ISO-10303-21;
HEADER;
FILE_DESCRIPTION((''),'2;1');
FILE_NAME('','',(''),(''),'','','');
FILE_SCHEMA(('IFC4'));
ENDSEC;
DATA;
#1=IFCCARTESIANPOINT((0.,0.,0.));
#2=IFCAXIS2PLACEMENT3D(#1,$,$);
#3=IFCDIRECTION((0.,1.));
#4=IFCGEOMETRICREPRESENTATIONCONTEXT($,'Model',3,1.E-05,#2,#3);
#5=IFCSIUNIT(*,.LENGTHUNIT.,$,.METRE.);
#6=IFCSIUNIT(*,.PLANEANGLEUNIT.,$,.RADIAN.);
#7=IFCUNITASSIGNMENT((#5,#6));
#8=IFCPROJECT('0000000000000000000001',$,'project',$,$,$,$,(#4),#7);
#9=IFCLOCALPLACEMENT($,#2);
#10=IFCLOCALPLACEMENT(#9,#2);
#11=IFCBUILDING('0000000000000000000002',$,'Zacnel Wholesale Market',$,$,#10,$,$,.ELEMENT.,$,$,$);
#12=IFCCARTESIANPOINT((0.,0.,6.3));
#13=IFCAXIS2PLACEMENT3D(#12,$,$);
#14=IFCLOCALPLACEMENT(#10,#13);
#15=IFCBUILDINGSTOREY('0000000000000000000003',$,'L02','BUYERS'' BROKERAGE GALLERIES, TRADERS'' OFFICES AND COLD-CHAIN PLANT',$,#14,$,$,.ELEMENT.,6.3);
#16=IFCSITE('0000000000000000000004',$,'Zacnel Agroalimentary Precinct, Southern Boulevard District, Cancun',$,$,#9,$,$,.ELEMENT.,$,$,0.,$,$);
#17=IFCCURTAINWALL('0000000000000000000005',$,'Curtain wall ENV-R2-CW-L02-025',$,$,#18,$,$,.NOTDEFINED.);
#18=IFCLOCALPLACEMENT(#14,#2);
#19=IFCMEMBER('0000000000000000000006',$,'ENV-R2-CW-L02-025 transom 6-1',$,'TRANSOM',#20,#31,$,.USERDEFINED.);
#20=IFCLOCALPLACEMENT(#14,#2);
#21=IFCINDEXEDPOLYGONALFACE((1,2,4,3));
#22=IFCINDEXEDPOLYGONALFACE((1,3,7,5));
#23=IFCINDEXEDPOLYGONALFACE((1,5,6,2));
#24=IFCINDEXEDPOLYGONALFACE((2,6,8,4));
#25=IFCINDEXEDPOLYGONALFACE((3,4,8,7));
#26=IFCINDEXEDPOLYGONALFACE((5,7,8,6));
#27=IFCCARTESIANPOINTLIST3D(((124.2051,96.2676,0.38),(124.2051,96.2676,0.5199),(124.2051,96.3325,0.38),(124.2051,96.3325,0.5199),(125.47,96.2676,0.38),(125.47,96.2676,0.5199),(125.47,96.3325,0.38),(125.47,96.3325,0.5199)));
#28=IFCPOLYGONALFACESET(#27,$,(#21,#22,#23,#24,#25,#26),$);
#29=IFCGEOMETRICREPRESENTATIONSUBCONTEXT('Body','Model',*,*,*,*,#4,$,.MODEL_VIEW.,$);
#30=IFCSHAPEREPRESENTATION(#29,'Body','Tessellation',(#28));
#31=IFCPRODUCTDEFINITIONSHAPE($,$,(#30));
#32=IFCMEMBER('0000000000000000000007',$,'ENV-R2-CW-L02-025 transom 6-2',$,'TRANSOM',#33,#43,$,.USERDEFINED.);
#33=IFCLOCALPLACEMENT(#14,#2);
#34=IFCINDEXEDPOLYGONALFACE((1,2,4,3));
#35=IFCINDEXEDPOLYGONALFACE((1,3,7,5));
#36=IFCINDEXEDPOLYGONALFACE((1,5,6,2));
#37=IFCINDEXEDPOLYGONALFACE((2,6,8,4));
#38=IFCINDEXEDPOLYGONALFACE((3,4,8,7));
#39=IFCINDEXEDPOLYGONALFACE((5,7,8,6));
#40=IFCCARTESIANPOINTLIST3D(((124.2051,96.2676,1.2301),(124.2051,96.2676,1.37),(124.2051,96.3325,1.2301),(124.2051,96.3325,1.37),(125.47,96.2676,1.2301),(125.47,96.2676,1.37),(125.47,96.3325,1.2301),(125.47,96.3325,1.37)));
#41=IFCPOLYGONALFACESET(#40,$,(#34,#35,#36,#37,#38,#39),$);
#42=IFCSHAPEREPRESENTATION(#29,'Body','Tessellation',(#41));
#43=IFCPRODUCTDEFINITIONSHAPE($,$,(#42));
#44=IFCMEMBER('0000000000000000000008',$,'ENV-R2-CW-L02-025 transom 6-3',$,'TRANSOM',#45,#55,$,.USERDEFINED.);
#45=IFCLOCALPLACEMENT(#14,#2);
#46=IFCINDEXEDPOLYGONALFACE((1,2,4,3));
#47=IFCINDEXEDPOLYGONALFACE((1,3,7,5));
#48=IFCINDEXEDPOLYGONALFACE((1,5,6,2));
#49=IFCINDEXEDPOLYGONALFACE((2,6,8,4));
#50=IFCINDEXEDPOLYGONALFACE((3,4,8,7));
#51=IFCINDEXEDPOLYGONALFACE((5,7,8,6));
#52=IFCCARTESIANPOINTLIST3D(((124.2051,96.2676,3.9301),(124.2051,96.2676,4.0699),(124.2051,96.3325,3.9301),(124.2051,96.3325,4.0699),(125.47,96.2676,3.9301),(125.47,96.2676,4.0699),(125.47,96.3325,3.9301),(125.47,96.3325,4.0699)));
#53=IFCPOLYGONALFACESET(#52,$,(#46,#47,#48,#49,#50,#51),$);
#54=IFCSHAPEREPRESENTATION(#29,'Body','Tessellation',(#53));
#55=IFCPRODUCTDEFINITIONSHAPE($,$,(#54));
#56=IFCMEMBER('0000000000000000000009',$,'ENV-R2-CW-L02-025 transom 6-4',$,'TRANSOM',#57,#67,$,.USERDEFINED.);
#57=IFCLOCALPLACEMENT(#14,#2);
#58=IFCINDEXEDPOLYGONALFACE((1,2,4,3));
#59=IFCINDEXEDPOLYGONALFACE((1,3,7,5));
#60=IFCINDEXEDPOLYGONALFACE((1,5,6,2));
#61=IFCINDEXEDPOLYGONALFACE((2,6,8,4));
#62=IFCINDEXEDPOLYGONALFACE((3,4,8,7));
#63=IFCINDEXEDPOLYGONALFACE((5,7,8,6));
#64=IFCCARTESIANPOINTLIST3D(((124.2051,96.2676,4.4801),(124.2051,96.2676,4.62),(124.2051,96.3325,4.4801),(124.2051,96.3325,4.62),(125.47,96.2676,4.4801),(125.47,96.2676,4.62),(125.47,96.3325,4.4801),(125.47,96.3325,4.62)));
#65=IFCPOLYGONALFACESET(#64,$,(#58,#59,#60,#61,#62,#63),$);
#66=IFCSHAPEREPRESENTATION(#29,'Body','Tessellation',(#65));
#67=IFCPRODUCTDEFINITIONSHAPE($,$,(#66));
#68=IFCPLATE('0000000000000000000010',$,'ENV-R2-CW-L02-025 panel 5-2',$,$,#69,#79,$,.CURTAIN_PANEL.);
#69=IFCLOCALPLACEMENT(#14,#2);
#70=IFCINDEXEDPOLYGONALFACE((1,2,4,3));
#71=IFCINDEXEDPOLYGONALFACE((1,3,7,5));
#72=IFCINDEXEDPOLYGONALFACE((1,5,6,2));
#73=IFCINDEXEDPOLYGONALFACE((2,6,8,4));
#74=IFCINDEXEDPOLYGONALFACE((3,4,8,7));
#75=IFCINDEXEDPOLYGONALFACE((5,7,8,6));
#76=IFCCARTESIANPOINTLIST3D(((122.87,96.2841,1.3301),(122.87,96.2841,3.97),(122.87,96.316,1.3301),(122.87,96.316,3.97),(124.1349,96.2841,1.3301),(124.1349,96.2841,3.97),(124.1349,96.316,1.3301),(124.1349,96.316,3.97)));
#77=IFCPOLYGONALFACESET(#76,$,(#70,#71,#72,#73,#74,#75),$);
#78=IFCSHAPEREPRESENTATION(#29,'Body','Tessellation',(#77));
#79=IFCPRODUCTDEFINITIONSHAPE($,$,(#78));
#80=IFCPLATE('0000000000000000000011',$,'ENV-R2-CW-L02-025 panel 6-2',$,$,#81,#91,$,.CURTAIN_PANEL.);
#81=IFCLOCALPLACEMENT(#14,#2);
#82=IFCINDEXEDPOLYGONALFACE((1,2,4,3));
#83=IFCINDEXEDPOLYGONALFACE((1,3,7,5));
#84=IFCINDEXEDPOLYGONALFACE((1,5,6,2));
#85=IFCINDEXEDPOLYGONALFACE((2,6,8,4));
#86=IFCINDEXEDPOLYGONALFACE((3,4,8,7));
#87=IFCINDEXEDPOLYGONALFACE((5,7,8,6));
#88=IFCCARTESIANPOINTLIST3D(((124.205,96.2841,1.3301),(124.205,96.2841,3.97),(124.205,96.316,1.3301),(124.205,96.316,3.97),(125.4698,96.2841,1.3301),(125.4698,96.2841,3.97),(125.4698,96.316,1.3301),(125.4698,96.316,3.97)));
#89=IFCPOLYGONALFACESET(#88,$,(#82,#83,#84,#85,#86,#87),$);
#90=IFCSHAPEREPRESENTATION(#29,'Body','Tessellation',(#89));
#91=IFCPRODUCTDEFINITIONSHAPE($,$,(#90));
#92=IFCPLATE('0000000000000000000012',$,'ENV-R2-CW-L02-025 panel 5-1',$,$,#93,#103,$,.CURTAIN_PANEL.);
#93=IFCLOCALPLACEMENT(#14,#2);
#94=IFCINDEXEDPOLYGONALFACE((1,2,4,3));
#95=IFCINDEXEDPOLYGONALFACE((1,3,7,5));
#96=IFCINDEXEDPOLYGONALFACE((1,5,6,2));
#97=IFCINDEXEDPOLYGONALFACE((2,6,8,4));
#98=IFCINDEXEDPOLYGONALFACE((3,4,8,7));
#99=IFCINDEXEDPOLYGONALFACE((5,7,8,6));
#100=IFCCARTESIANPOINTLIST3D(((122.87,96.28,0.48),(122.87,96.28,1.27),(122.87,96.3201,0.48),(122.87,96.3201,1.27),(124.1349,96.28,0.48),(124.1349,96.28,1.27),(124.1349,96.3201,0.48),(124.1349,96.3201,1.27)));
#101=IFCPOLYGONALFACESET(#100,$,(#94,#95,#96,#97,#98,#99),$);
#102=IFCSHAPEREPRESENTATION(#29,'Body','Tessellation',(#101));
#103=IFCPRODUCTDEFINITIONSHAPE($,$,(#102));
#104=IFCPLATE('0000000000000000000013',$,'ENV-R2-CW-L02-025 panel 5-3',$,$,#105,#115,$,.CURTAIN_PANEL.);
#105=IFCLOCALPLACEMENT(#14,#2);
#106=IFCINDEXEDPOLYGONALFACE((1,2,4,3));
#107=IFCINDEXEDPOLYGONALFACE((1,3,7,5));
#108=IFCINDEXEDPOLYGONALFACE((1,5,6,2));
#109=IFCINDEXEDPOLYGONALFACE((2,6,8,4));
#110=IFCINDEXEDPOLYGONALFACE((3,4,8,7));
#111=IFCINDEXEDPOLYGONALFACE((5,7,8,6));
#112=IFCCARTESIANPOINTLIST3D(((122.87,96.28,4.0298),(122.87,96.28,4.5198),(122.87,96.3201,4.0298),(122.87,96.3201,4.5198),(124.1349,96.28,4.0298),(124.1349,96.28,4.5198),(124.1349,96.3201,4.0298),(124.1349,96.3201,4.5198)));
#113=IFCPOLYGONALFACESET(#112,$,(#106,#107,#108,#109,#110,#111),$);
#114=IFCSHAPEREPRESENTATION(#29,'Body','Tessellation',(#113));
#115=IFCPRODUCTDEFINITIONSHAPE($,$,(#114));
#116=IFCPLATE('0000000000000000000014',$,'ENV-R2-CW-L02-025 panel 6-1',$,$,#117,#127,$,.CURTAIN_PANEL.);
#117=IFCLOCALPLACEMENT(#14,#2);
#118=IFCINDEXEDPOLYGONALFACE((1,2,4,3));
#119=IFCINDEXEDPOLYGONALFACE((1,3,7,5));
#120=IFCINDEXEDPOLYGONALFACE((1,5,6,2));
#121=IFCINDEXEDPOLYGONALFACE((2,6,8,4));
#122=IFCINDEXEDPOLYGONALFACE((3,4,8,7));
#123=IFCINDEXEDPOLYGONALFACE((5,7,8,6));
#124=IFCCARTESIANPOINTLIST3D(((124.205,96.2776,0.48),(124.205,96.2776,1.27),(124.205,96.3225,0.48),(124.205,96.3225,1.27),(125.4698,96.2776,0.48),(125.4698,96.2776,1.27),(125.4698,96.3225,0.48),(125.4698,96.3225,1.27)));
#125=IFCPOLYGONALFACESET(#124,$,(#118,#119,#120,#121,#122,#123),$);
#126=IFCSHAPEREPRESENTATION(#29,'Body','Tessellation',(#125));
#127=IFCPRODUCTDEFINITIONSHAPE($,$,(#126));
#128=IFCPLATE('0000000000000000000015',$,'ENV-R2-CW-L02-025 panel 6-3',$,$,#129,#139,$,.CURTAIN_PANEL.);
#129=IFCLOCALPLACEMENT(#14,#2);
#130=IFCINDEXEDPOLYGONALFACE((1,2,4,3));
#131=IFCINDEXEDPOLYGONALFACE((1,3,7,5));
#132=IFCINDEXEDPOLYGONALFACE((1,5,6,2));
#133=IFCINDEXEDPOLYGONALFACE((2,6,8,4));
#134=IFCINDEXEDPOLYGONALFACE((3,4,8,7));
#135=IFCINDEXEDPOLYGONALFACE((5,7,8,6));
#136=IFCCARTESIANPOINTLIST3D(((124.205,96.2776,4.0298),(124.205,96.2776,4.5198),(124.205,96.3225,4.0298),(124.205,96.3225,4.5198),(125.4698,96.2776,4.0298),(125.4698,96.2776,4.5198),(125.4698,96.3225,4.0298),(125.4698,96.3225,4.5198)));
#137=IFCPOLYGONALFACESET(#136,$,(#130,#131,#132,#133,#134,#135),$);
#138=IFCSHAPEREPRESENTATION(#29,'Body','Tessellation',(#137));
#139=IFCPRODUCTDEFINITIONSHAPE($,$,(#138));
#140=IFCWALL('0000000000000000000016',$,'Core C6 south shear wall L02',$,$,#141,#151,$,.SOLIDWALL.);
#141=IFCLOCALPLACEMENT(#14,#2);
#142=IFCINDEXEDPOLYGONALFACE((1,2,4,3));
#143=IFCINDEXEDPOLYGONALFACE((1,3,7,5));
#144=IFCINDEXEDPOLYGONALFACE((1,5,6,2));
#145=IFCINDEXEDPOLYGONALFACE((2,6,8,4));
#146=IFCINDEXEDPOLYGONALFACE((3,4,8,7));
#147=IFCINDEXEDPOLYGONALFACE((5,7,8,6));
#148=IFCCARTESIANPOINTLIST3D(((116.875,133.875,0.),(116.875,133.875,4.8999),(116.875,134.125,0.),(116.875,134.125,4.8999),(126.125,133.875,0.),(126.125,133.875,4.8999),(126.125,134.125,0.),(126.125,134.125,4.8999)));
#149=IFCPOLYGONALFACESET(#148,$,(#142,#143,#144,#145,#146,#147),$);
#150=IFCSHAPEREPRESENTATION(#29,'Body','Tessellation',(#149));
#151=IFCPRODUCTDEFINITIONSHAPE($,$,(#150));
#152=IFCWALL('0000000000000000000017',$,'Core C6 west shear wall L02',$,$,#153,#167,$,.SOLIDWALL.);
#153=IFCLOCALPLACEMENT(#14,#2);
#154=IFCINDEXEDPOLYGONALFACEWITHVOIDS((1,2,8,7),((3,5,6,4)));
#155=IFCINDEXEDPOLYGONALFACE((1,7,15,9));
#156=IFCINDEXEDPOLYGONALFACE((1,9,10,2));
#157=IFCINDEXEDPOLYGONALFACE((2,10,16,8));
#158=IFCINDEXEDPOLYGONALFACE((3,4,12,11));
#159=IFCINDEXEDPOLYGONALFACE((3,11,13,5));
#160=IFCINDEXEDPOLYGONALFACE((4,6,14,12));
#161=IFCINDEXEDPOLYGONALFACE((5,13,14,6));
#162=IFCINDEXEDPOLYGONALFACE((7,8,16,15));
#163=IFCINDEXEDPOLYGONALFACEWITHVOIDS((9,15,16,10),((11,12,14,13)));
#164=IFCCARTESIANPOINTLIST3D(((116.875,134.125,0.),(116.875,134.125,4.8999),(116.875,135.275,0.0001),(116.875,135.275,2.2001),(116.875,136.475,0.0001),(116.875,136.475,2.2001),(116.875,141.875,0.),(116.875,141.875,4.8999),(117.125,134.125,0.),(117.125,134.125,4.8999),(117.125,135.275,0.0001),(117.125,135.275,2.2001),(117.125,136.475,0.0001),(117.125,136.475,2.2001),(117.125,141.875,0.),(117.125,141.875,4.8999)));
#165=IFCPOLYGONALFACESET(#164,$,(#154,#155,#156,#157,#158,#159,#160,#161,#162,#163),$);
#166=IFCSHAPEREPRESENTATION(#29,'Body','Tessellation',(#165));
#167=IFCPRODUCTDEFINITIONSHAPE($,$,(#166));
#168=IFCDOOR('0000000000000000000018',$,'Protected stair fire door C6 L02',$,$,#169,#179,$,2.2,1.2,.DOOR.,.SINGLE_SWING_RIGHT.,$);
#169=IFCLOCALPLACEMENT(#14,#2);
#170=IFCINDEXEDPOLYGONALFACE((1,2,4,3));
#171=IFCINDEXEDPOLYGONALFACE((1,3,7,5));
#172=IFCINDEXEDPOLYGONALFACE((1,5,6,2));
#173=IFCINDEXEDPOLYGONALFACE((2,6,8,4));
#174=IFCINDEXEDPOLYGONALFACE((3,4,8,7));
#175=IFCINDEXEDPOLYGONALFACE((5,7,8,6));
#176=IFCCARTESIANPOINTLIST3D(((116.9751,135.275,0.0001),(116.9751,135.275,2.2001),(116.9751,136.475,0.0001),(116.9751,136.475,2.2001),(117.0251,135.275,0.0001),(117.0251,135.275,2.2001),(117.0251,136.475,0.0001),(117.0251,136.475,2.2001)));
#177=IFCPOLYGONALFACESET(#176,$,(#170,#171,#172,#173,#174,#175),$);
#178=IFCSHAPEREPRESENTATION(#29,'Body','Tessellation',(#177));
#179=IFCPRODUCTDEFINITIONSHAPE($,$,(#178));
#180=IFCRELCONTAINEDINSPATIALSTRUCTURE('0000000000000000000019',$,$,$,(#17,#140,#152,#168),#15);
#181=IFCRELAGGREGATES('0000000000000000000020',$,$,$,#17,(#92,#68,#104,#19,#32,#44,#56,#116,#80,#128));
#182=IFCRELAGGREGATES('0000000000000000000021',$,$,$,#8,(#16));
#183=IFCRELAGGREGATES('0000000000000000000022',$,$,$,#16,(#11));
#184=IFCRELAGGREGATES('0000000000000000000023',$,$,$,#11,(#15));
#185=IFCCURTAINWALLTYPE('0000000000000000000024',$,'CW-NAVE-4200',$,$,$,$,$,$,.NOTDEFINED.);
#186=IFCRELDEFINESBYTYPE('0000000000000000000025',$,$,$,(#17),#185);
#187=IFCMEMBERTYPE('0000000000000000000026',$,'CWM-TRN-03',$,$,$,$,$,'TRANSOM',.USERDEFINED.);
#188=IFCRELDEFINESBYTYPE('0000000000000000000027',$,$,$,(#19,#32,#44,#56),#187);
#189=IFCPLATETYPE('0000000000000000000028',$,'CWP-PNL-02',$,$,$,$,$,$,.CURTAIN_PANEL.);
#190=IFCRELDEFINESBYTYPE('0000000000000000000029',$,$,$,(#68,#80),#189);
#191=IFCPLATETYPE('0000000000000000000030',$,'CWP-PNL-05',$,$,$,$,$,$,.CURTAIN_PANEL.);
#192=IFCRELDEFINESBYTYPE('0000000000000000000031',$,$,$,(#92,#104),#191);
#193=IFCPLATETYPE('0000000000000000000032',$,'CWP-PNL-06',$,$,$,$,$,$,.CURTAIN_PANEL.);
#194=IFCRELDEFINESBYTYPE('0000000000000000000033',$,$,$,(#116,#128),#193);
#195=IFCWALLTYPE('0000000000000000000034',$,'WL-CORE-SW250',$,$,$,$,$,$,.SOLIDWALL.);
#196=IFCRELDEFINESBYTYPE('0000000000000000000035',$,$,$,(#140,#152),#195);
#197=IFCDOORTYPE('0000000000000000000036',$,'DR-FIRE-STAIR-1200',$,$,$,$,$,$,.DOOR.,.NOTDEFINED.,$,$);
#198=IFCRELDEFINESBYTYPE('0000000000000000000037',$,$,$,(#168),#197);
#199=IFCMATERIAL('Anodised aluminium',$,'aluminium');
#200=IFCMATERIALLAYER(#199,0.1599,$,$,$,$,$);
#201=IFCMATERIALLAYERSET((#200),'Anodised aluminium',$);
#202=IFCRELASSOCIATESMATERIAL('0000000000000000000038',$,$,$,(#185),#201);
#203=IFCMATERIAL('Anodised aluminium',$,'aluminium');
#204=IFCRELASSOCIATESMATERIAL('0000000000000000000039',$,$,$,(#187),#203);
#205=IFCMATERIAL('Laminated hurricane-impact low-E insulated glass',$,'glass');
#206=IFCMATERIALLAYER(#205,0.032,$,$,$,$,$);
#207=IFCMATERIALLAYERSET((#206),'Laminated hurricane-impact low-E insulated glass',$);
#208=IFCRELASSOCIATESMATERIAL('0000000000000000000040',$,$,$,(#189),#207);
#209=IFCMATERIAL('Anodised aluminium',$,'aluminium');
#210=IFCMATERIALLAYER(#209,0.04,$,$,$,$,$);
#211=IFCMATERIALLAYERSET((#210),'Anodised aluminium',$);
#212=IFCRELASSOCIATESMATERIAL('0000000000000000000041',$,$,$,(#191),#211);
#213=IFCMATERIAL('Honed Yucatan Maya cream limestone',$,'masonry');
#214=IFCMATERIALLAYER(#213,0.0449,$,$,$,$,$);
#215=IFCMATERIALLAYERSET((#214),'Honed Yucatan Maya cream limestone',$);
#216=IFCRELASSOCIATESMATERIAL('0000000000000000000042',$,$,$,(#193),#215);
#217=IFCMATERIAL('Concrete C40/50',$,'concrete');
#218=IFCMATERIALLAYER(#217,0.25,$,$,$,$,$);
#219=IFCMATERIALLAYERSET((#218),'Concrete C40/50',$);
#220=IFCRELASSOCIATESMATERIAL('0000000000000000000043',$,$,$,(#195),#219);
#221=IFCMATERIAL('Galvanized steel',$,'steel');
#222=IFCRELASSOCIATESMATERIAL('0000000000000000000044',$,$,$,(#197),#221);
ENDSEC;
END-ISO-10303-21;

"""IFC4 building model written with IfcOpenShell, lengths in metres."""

from ifc_helpers import new_model, si_unit, direction, frame, frame_2d, origin, origin_2d, place, context, subcontext, project, spatial, rectangle, extrude, material, layer, layer_set, material_profile, profile_set, type_object, element, fill, aggregate, save


model = new_model("IFC4")

# Units and contexts
model_context = context("Model", 3, precision=1e-05, world=origin(), true_north=direction((0.0, 1.0)))
body_context = subcontext(model_context, "Body", "Model", "MODEL_VIEW")
ifc_project = project(units=[si_unit("LENGTHUNIT", "METRE"), si_unit("PLANEANGLEUNIT", "RADIAN")], contexts=[model_context])

# Site, building, storey
site_placement = place(None, origin())
site = spatial("IfcSite", under=ifc_project, at=site_placement, Name="Zacnel Agroalimentary Precinct, Southern Boulevard District, Cancun", CompositionType="ELEMENT", RefElevation=0.0)
building_placement = place(site_placement, origin())
building = spatial("IfcBuilding", under=site, at=building_placement, Name="Zacnel Wholesale Market", CompositionType="ELEMENT")
storey_placement = place(building_placement, frame((0.0, 0.0, 6.3)))
storey = spatial("IfcBuildingStorey", under=building, at=storey_placement, Name="L02", Description="BUYERS' BROKERAGE GALLERIES, TRADERS' OFFICES AND COLD-CHAIN PLANT", CompositionType="ELEMENT", Elevation=6.3)

# Curtain wall, members, plates
ifc_material_1 = material(Name="Anodised aluminium", Category="aluminium")
ifc_layer_1 = layer(ifc_material_1, 0.1599)
ifc_layer_set_1 = layer_set([ifc_layer_1], Name="Anodised aluminium")
curtain_wall_type = type_object("IfcCurtainWallType", Name="CW-NAVE-4200", PredefinedType="NOTDEFINED", material=ifc_layer_set_1)
curtain_wall_placement = place(storey_placement, origin())
curtain_wall = element("IfcCurtainWall", 1, at=curtain_wall_placement, inside=storey, type_object=curtain_wall_type, Name="Curtain wall ENV-R2-CW-L02-025", PredefinedType="NOTDEFINED")
ifc_material_2 = material(Name="Anodised aluminium", Category="aluminium")
ifc_material_profile_1 = material_profile(ifc_material_2, rectangle(XDim=0.0649, YDim=0.1399, at=origin_2d()), Name="AW-TRANSOM 65x140")
ifc_profile_set_1 = profile_set([ifc_material_profile_1], Name="Anodised aluminium")
member_type_1 = type_object("IfcMemberType", Name="CWM-TRN-03", ElementType="TRANSOM", PredefinedType="USERDEFINED", material=ifc_profile_set_1)
member_1_placement = place(storey_placement, frame((124.2051, 96.3, 0.45), z_axis=(1.0, 0.0, 0.0), x_axis=(0.0, 1.0, 0.0)))
member_1 = element("IfcMember", 2, at=member_1_placement, type_object=member_type_1, Name="ENV-R2-CW-L02-025 transom 6-1", ObjectType="TRANSOM", PredefinedType="USERDEFINED", context=body_context, shape_type="SweptSolid", body=[
    extrude(rectangle(XDim=0.0649, YDim=0.1399, at=origin_2d()), origin(), (0.0, 0.0, 1.0), 1.2649),
])
member_2_placement = place(storey_placement, frame((124.2051, 96.3, 1.3), z_axis=(1.0, 0.0, 0.0), x_axis=(0.0, 1.0, 0.0)))
member_2 = element("IfcMember", 3, at=member_2_placement, type_object=member_type_1, Name="ENV-R2-CW-L02-025 transom 6-2", ObjectType="TRANSOM", PredefinedType="USERDEFINED", context=body_context, shape_type="SweptSolid", body=[
    extrude(rectangle(XDim=0.0649, YDim=0.1399, at=origin_2d()), origin(), (0.0, 0.0, 1.0), 1.2649),
])
member_3_placement = place(storey_placement, frame((124.2051, 96.3, 4.0), z_axis=(1.0, 0.0, 0.0), x_axis=(0.0, 1.0, 0.0)))
member_3 = element("IfcMember", 4, at=member_3_placement, type_object=member_type_1, Name="ENV-R2-CW-L02-025 transom 6-3", ObjectType="TRANSOM", PredefinedType="USERDEFINED", context=body_context, shape_type="SweptSolid", body=[
    extrude(rectangle(XDim=0.0649, YDim=0.1399, at=origin_2d()), origin(), (0.0, 0.0, 1.0), 1.2649),
])
member_4_placement = place(storey_placement, frame((124.2051, 96.3, 4.55), z_axis=(1.0, 0.0, 0.0), x_axis=(0.0, 1.0, 0.0)))
member_4 = element("IfcMember", 5, at=member_4_placement, type_object=member_type_1, Name="ENV-R2-CW-L02-025 transom 6-4", ObjectType="TRANSOM", PredefinedType="USERDEFINED", context=body_context, shape_type="SweptSolid", body=[
    extrude(rectangle(XDim=0.0649, YDim=0.1399, at=origin_2d()), origin(), (0.0, 0.0, 1.0), 1.2649),
])
ifc_material_3 = material(Name="Laminated hurricane-impact low-E insulated glass", Category="glass")
ifc_layer_2 = layer(ifc_material_3, 0.032)
ifc_layer_set_2 = layer_set([ifc_layer_2], Name="Laminated hurricane-impact low-E insulated glass")
plate_type_1 = type_object("IfcPlateType", Name="CWP-PNL-02", PredefinedType="CURTAIN_PANEL", material=ifc_layer_set_2)
plate_1_placement = place(storey_placement, frame((123.5024, 96.3, 1.3301), z_axis=(0.0, 0.0, 1.0), x_axis=(1.0, 0.0, 0.0)))
plate_1 = element("IfcPlate", 6, at=plate_1_placement, type_object=plate_type_1, Name="ENV-R2-CW-L02-025 panel 5-2", PredefinedType="CURTAIN_PANEL", context=body_context, shape_type="SweptSolid", body=[
    extrude(rectangle(XDim=1.2649, YDim=0.032, at=origin_2d()), origin(), (0.0, 0.0, 1.0), 2.6399),
])
plate_2_placement = place(storey_placement, frame((124.8374, 96.3, 1.3301), z_axis=(0.0, 0.0, 1.0), x_axis=(1.0, 0.0, 0.0)))
plate_2 = element("IfcPlate", 7, at=plate_2_placement, type_object=plate_type_1, Name="ENV-R2-CW-L02-025 panel 6-2", PredefinedType="CURTAIN_PANEL", context=body_context, shape_type="SweptSolid", body=[
    extrude(rectangle(XDim=1.2649, YDim=0.032, at=origin_2d()), origin(), (0.0, 0.0, 1.0), 2.6399),
])
ifc_material_4 = material(Name="Anodised aluminium", Category="aluminium")
ifc_layer_3 = layer(ifc_material_4, 0.04)
ifc_layer_set_3 = layer_set([ifc_layer_3], Name="Anodised aluminium")
plate_type_2 = type_object("IfcPlateType", Name="CWP-PNL-05", PredefinedType="CURTAIN_PANEL", material=ifc_layer_set_3)
plate_3_placement = place(storey_placement, frame((123.5024, 96.3, 0.48), z_axis=(0.0, 0.0, 1.0), x_axis=(1.0, 0.0, 0.0)))
plate_3 = element("IfcPlate", 8, at=plate_3_placement, type_object=plate_type_2, Name="ENV-R2-CW-L02-025 panel 5-1", PredefinedType="CURTAIN_PANEL", context=body_context, shape_type="SweptSolid", body=[
    extrude(rectangle(XDim=1.2649, YDim=0.04, at=origin_2d()), origin(), (0.0, 0.0, 1.0), 0.79),
])
plate_4_placement = place(storey_placement, frame((123.5024, 96.3, 4.0298), z_axis=(0.0, 0.0, 1.0), x_axis=(1.0, 0.0, 0.0)))
plate_4 = element("IfcPlate", 9, at=plate_4_placement, type_object=plate_type_2, Name="ENV-R2-CW-L02-025 panel 5-3", PredefinedType="CURTAIN_PANEL", context=body_context, shape_type="SweptSolid", body=[
    extrude(rectangle(XDim=1.2649, YDim=0.04, at=origin_2d()), origin(), (0.0, 0.0, 1.0), 0.49),
])
ifc_material_5 = material(Name="Honed Yucatan Maya cream limestone", Category="masonry")
ifc_layer_4 = layer(ifc_material_5, 0.0449)
ifc_layer_set_4 = layer_set([ifc_layer_4], Name="Honed Yucatan Maya cream limestone")
plate_type_3 = type_object("IfcPlateType", Name="CWP-PNL-06", PredefinedType="CURTAIN_PANEL", material=ifc_layer_set_4)
plate_5_placement = place(storey_placement, frame((124.8374, 96.3, 0.48), z_axis=(0.0, 0.0, 1.0), x_axis=(1.0, 0.0, 0.0)))
plate_5 = element("IfcPlate", 10, at=plate_5_placement, type_object=plate_type_3, Name="ENV-R2-CW-L02-025 panel 6-1", PredefinedType="CURTAIN_PANEL", context=body_context, shape_type="SweptSolid", body=[
    extrude(rectangle(XDim=1.2649, YDim=0.0449, at=origin_2d()), origin(), (0.0, 0.0, 1.0), 0.79),
])
plate_6_placement = place(storey_placement, frame((124.8374, 96.3, 4.0298), z_axis=(0.0, 0.0, 1.0), x_axis=(1.0, 0.0, 0.0)))
plate_6 = element("IfcPlate", 11, at=plate_6_placement, type_object=plate_type_3, Name="ENV-R2-CW-L02-025 panel 6-3", PredefinedType="CURTAIN_PANEL", context=body_context, shape_type="SweptSolid", body=[
    extrude(rectangle(XDim=1.2649, YDim=0.0449, at=origin_2d()), origin(), (0.0, 0.0, 1.0), 0.49),
])
aggregate(curtain_wall, [plate_3, plate_1, plate_4, member_1, member_2, member_3, member_4, plate_5, plate_2, plate_6])

# Wall
ifc_material_6 = material(Name="Concrete C40/50", Category="concrete")
ifc_layer_5 = layer(ifc_material_6, 0.25)
ifc_layer_set_5 = layer_set([ifc_layer_5], Name="Concrete C40/50")
wall_type_1 = type_object("IfcWallType", Name="WL-CORE-SW250", PredefinedType="SOLIDWALL", material=ifc_layer_set_5)
wall_1_placement = place(storey_placement, frame((116.875, 134.0, 0.0), z_axis=(0.0, 0.0, 1.0), x_axis=(1.0, 0.0, 0.0)))
element("IfcWall", 12, at=wall_1_placement, inside=storey, type_object=wall_type_1, Name="Core C6 south shear wall L02", PredefinedType="SOLIDWALL", context=body_context, shape_type="SweptSolid", body=[
    extrude(rectangle(XDim=9.25, YDim=0.25, at=frame_2d((4.625, 0.0))), origin(), (0.0, 0.0, 1.0), 4.8999),
])

# Wall, opening, door
wall_2_placement = place(storey_placement, frame((117.0, 134.125, 0.0), z_axis=(0.0, 0.0, 1.0), x_axis=(0.0, 1.0, 0.0)))
wall_2 = element("IfcWall", 13, at=wall_2_placement, inside=storey, type_object=wall_type_1, Name="Core C6 west shear wall L02", PredefinedType="SOLIDWALL", context=body_context, shape_type="SweptSolid", body=[
    extrude(rectangle(XDim=7.75, YDim=0.25, at=frame_2d((3.875, 0.0))), origin(), (0.0, 0.0, 1.0), 4.8999),
])
opening_placement = place(wall_2_placement, frame((1.1499, 0.0, 0.0)))
opening = element("IfcOpeningElement", 14, at=opening_placement, cuts=wall_2, PredefinedType="OPENING", context=body_context, shape_type="SweptSolid", body=[
    extrude(rectangle(XDim=1.2, YDim=2.2, at=frame_2d((0.6001, 1.1001))), frame((0.0, 0.135, 0.0), z_axis=(0.0, -1.0, 0.0), x_axis=(1.0, 0.0, 0.0)), (0.0, 0.0, 1.0), 0.27),
])
ifc_material_7 = material(Name="Galvanized steel", Category="steel")
door_type = type_object("IfcDoorType", Name="DR-FIRE-STAIR-1200", OperationType="NOTDEFINED", PredefinedType="DOOR", material=ifc_material_7)
door_placement = place(opening_placement, origin())
door = element("IfcDoor", 15, at=door_placement, inside=storey, type_object=door_type, Name="Protected stair fire door C6 L02", OperationType="SINGLE_SWING_RIGHT", OverallHeight=2.2, OverallWidth=1.2, PredefinedType="DOOR", context=body_context, shape_type="SweptSolid", body=[
    extrude(rectangle(XDim=1.2, YDim=2.2, at=frame_2d((0.6001, 1.1001))), frame((0.0, 0.0249, 0.0), z_axis=(0.0, -1.0, 0.0), x_axis=(1.0, 0.0, 0.0)), (0.0, 0.0, 1.0), 0.05),
])
fill(opening, door)

save(model, "model.ifc")
